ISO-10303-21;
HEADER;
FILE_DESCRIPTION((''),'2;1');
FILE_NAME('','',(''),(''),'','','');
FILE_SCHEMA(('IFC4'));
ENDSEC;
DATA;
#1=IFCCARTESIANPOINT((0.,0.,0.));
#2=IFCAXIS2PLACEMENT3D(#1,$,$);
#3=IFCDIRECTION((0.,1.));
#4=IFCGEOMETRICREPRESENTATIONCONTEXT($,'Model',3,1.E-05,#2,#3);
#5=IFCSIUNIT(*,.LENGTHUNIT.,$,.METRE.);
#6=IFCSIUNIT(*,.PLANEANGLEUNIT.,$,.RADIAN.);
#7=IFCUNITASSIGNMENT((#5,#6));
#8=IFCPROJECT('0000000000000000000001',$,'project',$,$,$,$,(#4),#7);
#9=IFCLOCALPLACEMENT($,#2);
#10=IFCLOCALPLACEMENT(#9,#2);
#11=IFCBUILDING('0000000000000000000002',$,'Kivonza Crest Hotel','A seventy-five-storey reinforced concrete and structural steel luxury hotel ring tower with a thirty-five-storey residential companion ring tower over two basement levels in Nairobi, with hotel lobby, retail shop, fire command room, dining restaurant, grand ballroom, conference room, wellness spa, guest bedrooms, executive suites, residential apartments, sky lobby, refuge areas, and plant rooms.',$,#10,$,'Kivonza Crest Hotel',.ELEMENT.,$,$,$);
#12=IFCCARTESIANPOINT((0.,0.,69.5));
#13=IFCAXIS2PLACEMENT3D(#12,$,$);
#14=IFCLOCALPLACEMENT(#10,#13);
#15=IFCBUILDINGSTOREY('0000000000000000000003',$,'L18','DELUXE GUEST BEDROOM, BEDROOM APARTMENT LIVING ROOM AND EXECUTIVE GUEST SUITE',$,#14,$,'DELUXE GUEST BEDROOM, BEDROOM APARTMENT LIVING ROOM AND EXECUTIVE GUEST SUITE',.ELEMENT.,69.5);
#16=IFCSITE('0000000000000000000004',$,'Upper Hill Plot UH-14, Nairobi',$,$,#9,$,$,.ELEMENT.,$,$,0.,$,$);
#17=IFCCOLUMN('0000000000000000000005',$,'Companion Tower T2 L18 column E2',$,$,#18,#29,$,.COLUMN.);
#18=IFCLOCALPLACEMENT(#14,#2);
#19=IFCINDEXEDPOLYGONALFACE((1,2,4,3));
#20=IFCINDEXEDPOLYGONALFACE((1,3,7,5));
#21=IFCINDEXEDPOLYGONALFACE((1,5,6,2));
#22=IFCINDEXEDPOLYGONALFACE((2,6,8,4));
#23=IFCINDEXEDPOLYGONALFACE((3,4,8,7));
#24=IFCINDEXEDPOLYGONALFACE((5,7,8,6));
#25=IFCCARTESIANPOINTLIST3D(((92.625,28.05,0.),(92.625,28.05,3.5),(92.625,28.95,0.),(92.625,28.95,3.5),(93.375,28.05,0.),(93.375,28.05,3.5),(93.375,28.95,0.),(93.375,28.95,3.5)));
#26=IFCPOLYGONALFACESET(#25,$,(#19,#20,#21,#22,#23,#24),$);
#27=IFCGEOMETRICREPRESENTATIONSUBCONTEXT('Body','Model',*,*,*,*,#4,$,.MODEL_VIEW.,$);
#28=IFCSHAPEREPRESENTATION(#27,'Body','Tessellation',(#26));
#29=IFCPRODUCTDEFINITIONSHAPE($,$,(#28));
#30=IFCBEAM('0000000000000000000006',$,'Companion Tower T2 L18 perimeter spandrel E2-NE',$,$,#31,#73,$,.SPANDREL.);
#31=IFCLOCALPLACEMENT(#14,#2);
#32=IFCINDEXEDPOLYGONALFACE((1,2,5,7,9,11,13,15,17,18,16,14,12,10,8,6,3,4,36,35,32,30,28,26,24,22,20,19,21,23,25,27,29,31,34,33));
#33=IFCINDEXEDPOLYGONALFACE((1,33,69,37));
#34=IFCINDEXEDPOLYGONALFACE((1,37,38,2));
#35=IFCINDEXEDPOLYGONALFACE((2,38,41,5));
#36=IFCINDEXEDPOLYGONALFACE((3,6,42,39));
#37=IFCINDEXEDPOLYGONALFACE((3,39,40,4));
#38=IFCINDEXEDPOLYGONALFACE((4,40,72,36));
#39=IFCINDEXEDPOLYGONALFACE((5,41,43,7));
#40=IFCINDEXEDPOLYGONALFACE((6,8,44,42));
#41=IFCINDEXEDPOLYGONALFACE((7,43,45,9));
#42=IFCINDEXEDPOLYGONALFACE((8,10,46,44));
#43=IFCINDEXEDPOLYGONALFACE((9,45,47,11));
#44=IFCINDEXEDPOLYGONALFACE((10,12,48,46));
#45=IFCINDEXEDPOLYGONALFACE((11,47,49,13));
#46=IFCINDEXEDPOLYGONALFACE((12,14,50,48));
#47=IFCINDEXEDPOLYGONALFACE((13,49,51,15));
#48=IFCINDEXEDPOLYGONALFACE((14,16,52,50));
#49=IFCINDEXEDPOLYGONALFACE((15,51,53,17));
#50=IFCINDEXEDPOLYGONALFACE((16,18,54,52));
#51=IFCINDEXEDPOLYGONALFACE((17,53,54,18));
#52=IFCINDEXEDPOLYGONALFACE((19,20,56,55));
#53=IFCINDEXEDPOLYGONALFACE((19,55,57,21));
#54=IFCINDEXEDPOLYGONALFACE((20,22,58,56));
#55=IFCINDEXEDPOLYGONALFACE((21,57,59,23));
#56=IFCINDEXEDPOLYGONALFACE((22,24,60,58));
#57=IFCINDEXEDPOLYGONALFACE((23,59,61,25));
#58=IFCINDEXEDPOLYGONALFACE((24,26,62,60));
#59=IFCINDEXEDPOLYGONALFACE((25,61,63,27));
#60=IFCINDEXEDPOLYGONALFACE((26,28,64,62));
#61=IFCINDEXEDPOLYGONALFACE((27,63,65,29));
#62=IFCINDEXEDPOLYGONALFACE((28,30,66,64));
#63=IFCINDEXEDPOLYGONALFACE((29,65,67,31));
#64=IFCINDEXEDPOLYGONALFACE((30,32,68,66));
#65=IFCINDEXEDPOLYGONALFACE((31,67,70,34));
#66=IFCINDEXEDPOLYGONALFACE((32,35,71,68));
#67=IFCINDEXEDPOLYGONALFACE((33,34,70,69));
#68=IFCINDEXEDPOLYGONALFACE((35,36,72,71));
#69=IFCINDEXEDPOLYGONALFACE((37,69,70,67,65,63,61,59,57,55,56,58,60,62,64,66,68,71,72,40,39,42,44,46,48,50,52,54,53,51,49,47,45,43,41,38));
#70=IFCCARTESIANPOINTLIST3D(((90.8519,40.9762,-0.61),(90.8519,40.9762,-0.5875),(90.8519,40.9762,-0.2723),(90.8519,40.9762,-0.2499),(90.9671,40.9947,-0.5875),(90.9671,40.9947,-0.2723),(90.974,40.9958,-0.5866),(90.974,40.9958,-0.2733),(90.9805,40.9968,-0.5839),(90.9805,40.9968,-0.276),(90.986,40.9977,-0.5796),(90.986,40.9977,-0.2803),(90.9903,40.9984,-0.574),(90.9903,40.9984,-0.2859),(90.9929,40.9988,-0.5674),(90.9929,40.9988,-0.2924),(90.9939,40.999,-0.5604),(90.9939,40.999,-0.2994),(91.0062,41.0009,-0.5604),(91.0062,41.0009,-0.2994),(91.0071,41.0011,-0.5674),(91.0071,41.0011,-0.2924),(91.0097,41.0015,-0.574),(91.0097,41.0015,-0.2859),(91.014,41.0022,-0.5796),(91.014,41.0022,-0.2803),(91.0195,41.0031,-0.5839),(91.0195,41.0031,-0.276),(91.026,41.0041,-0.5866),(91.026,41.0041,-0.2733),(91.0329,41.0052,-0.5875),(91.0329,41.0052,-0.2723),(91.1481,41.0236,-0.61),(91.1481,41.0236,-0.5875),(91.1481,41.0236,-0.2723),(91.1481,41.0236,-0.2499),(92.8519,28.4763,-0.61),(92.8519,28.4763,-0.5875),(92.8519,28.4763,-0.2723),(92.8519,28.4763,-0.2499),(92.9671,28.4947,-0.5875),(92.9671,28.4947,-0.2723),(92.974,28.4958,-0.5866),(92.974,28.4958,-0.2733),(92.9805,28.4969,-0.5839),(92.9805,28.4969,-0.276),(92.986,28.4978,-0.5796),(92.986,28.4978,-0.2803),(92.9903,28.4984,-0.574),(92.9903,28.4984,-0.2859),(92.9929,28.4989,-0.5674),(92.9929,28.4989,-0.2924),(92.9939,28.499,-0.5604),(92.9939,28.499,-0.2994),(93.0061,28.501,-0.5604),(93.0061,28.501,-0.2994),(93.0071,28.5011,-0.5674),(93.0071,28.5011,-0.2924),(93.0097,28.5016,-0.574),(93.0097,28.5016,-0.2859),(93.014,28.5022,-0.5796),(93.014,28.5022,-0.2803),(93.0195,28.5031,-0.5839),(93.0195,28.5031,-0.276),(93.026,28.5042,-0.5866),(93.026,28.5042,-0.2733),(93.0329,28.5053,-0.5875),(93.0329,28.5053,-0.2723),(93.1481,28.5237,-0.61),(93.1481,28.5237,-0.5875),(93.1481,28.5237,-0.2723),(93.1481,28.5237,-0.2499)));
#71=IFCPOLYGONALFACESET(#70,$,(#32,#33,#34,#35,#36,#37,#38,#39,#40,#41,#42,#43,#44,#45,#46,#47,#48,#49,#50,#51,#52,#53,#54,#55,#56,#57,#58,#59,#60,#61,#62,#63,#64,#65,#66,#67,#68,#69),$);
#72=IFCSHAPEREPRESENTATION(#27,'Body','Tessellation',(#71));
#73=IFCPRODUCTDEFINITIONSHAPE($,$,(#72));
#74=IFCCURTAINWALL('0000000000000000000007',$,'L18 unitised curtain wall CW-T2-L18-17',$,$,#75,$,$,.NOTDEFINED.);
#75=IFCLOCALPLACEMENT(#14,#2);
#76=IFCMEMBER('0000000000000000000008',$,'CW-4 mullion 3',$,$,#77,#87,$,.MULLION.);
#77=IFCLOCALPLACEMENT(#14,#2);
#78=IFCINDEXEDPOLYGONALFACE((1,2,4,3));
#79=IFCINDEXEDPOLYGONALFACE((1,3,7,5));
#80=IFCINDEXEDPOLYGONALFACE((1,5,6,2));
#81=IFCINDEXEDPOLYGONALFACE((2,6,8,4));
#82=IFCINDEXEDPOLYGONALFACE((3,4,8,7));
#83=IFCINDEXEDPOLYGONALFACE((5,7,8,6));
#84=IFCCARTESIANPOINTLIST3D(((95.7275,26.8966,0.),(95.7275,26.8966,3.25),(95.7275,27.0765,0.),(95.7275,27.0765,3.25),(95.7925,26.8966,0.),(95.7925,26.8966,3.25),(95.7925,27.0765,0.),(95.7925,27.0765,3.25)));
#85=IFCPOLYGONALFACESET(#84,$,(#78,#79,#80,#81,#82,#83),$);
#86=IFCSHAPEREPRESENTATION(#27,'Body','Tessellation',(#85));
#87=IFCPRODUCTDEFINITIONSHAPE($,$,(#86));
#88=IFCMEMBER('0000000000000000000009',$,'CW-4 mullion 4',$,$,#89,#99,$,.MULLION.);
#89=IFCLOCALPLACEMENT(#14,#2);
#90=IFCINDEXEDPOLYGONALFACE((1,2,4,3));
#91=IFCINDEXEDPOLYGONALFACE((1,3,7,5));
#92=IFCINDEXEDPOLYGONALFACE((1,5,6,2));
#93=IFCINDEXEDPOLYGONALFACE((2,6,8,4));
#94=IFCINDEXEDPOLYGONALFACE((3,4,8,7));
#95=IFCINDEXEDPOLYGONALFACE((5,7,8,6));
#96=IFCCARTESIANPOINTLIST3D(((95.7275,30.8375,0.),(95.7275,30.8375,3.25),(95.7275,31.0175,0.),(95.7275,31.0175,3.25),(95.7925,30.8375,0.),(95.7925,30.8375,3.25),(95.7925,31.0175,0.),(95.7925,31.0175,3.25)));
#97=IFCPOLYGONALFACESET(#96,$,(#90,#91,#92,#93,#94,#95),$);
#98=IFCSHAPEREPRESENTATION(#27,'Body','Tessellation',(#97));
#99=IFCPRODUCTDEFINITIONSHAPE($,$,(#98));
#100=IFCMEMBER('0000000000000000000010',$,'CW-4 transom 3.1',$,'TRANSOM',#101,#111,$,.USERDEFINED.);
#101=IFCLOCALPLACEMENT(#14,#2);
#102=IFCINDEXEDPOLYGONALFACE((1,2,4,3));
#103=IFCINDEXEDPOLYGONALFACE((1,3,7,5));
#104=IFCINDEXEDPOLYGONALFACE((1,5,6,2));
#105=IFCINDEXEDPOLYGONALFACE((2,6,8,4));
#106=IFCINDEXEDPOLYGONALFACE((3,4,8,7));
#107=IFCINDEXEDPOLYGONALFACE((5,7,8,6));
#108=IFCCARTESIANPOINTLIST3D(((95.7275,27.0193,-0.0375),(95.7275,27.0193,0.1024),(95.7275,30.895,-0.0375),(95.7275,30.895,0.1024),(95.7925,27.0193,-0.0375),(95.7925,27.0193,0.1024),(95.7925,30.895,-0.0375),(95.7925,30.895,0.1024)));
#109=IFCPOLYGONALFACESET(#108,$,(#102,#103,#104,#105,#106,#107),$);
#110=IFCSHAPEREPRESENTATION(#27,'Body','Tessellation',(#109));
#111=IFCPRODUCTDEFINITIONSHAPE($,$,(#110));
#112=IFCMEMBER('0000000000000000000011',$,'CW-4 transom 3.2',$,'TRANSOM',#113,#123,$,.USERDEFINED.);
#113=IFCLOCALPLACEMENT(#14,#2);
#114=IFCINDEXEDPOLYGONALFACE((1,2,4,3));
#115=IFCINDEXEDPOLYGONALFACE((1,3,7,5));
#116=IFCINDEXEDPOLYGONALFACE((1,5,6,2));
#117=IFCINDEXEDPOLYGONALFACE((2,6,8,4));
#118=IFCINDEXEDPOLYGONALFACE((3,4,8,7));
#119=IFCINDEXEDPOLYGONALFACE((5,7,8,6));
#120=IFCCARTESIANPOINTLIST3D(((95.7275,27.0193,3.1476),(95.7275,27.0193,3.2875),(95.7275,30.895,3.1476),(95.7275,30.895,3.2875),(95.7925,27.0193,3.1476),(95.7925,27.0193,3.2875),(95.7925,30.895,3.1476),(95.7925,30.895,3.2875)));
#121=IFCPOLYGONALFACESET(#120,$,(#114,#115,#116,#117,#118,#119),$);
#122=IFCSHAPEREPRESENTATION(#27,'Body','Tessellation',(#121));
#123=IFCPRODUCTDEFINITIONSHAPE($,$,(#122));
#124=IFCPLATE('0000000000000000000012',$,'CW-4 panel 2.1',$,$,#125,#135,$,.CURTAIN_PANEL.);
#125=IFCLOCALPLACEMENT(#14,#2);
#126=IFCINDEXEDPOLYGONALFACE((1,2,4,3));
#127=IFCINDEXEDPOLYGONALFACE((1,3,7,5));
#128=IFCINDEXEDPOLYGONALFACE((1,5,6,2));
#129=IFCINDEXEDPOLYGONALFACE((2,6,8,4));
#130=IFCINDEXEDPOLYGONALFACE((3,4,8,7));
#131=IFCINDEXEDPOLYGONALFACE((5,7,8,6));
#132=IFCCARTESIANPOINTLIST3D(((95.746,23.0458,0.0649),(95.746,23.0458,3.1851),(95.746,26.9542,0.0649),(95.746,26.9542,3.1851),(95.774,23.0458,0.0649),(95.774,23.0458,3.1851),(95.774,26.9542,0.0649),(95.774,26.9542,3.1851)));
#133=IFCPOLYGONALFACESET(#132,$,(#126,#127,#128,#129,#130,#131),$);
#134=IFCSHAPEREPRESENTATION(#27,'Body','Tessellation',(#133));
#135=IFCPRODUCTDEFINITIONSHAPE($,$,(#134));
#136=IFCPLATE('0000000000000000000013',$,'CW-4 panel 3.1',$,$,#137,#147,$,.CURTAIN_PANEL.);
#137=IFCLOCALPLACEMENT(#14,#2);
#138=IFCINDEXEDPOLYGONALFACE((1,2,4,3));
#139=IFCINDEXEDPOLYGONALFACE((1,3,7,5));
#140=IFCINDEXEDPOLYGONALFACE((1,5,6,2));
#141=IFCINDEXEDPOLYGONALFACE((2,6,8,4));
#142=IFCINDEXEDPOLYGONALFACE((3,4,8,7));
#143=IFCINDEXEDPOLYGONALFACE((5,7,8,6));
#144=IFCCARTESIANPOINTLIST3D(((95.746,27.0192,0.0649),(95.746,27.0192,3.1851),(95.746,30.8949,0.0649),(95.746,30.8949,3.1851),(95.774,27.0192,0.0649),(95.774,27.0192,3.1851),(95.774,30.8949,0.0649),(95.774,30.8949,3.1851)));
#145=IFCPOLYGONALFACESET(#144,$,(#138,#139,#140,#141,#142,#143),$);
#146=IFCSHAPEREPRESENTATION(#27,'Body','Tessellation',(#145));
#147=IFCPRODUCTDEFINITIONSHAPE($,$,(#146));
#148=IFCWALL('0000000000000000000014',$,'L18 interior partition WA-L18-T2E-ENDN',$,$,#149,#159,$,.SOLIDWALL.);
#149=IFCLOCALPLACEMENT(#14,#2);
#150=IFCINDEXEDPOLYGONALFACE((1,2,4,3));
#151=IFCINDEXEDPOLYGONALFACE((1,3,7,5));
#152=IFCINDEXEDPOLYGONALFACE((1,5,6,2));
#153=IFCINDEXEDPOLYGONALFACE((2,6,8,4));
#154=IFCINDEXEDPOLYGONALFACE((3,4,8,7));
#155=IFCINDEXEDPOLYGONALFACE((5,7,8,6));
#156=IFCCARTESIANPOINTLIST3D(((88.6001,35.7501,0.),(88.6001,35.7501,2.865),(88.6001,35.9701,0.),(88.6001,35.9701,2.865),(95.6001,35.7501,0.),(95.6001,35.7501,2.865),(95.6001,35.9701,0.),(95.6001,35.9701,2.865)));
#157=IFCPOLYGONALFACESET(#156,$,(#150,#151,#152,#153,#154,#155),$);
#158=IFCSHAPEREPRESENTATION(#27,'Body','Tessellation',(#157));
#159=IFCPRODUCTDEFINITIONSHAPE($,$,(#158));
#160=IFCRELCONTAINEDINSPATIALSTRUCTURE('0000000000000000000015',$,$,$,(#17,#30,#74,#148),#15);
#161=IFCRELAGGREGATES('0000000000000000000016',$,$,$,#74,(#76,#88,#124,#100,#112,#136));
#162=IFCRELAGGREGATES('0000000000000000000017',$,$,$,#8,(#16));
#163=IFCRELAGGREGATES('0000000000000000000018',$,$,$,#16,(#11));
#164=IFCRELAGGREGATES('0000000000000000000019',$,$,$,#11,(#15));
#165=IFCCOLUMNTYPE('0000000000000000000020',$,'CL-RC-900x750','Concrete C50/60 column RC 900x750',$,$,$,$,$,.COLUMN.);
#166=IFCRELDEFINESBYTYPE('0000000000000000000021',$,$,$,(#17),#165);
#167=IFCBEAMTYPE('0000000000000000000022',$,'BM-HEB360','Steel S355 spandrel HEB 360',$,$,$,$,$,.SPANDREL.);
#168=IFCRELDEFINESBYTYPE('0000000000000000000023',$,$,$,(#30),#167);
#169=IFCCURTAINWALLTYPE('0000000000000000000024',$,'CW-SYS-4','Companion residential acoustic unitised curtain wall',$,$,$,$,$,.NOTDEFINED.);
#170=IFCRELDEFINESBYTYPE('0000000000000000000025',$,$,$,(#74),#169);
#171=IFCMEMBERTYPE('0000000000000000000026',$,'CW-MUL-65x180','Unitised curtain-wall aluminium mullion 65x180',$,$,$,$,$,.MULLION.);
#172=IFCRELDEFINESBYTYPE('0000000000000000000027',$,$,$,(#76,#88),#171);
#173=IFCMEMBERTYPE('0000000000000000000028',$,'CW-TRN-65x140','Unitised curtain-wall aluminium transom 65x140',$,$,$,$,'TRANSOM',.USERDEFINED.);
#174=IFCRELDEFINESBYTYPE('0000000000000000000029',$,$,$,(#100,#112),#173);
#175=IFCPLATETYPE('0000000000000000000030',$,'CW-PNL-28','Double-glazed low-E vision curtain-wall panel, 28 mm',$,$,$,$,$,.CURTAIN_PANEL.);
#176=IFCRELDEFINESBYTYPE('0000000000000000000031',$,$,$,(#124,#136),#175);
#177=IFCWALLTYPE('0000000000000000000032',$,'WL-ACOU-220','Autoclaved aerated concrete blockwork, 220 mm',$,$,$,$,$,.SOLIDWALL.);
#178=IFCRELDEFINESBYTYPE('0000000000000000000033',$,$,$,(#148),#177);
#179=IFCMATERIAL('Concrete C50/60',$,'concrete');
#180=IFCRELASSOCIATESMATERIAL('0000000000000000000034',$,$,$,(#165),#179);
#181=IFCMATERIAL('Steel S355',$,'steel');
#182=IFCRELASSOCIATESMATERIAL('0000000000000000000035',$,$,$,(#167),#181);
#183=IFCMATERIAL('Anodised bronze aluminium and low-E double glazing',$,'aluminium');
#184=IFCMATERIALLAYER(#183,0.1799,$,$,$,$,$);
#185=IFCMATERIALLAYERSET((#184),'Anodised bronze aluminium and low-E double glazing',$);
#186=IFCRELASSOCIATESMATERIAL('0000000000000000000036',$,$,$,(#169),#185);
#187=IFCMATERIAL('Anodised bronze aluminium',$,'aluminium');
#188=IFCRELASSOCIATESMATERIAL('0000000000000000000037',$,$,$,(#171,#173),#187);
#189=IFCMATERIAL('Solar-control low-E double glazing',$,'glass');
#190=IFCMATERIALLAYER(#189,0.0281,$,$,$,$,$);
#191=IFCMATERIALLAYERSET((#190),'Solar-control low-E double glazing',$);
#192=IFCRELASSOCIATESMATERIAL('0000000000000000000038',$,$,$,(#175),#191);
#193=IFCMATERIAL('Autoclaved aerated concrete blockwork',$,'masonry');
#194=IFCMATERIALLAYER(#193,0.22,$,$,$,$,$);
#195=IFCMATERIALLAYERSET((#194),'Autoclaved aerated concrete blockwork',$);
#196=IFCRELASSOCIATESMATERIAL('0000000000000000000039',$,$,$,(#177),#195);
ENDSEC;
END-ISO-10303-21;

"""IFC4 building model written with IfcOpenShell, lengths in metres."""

from ifc_helpers import new_model, si_unit, direction, frame, frame_2d, origin, origin_2d, place, context, subcontext, project, spatial, rectangle, i_section, extrude, material, layer, layer_set, material_profile, profile_set, type_object, element, aggregate, save


model = new_model("IFC4")

# Units and contexts
model_context = context("Model", 3, precision=1e-05, world=origin(), true_north=direction((0.0, 1.0)))
body_context = subcontext(model_context, "Body", "Model", "MODEL_VIEW")
ifc_project = project(units=[si_unit("LENGTHUNIT", "METRE"), si_unit("PLANEANGLEUNIT", "RADIAN")], contexts=[model_context])

# Site, building, storey
site_placement = place(None, origin())
site = spatial("IfcSite", under=ifc_project, at=site_placement, Name="Upper Hill Plot UH-14, Nairobi", CompositionType="ELEMENT", RefElevation=0.0)
building_placement = place(site_placement, origin())
building = spatial("IfcBuilding", under=site, at=building_placement, Name="Kivonza Crest Hotel", Description="A seventy-five-storey reinforced concrete and structural steel luxury hotel ring tower with a thirty-five-storey residential companion ring tower over two basement levels in Nairobi, with hotel lobby, retail shop, fire command room, dining restaurant, grand ballroom, conference room, wellness spa, guest bedrooms, executive suites, residential apartments, sky lobby, refuge areas, and plant rooms.", LongName="Kivonza Crest Hotel", CompositionType="ELEMENT")
storey_placement = place(building_placement, frame((0.0, 0.0, 69.5)))
storey = spatial("IfcBuildingStorey", under=building, at=storey_placement, Name="L18", Description="DELUXE GUEST BEDROOM, BEDROOM APARTMENT LIVING ROOM AND EXECUTIVE GUEST SUITE", LongName="DELUXE GUEST BEDROOM, BEDROOM APARTMENT LIVING ROOM AND EXECUTIVE GUEST SUITE", CompositionType="ELEMENT", Elevation=69.5)

# Column
ifc_material_1 = material(Name="Concrete C50/60", Category="concrete")
ifc_material_profile_1 = material_profile(ifc_material_1, rectangle(XDim=0.75, YDim=0.8999, at=origin_2d()), Name="RC 900x750")
ifc_profile_set_1 = profile_set([ifc_material_profile_1], Name="Concrete C50/60")
column_type = type_object("IfcColumnType", Name="CL-RC-900x750", Description="Concrete C50/60 column RC 900x750", PredefinedType="COLUMN", material=ifc_profile_set_1)
column_placement = place(storey_placement, frame((93.0, 28.5, 0.0), z_axis=(0.0, 0.0, 1.0), x_axis=(1.0, 0.0, 0.0)))
element("IfcColumn", 1, at=column_placement, inside=storey, type_object=column_type, Name="Companion Tower T2 L18 column E2", PredefinedType="COLUMN", context=body_context, shape_type="SweptSolid", body=[
    extrude(rectangle(XDim=0.75, YDim=0.8999, at=origin_2d()), origin(), (0.0, 0.0, 1.0), 3.5),
])

# Beam
ifc_material_2 = material(Name="Steel S355", Category="steel")
ifc_material_profile_2 = material_profile(ifc_material_2, i_section(OverallWidth=0.3, OverallDepth=0.3601, WebThickness=0.0125, FlangeThickness=0.0225, FilletRadius=0.0271, at=origin_2d()), Name="HEB 360")
ifc_profile_set_2 = profile_set([ifc_material_profile_2], Name="Steel S355")
beam_type = type_object("IfcBeamType", Name="BM-HEB360", Description="Steel S355 spandrel HEB 360", PredefinedType="SPANDREL", material=ifc_profile_set_2)
beam_placement = place(storey_placement, frame((93.0, 28.5, -0.4299), z_axis=(-0.157991, 0.987441, 0.0), x_axis=(-0.987441, -0.157991, 0.0)))
element("IfcBeam", 2, at=beam_placement, inside=storey, type_object=beam_type, Name="Companion Tower T2 L18 perimeter spandrel E2-NE", PredefinedType="SPANDREL", context=body_context, shape_type="SweptSolid", body=[
    extrude(i_section(OverallWidth=0.3, OverallDepth=0.3601, WebThickness=0.0125, FlangeThickness=0.0225, FilletRadius=0.0271, at=origin_2d()), origin(), (0.0, 0.0, 1.0), 12.6589),
])

# Curtain wall, members, plates
ifc_material_3 = material(Name="Anodised bronze aluminium and low-E double glazing", Category="aluminium")
ifc_layer_1 = layer(ifc_material_3, 0.1799)
ifc_layer_set_1 = layer_set([ifc_layer_1], Name="Anodised bronze aluminium and low-E double glazing")
curtain_wall_type = type_object("IfcCurtainWallType", Name="CW-SYS-4", Description="Companion residential acoustic unitised curtain wall", PredefinedType="NOTDEFINED", material=ifc_layer_set_1)
curtain_wall_placement = place(storey_placement, origin())
curtain_wall = element("IfcCurtainWall", 3, at=curtain_wall_placement, inside=storey, type_object=curtain_wall_type, Name="L18 unitised curtain wall CW-T2-L18-17", PredefinedType="NOTDEFINED")
ifc_material_4 = material(Name="Anodised bronze aluminium", Category="aluminium")
ifc_material_profile_3 = material_profile(ifc_material_4, rectangle(XDim=0.0649, YDim=0.1799, at=origin_2d()), Name="CW-M 65x180")
ifc_profile_set_3 = profile_set([ifc_material_profile_3], Name="Anodised bronze aluminium")
member_type_1 = type_object("IfcMemberType", Name="CW-MUL-65x180", Description="Unitised curtain-wall aluminium mullion 65x180", PredefinedType="MULLION", material=ifc_profile_set_3)
member_1_placement = place(storey_placement, frame((95.76, 26.9866, 0.0), z_axis=(0.0, 0.0, 1.0), x_axis=(-1.0, 0.0, 0.0)))
member_1 = element("IfcMember", 4, at=member_1_placement, type_object=member_type_1, Name="CW-4 mullion 3", PredefinedType="MULLION", context=body_context, shape_type="SweptSolid", body=[
    extrude(rectangle(XDim=0.0649, YDim=0.1799, at=origin_2d()), origin(), (0.0, 0.0, 1.0), 3.25),
])
member_2_placement = place(storey_placement, frame((95.76, 30.9275, 0.0), z_axis=(0.0, 0.0, 1.0), x_axis=(-1.0, 0.0, 0.0)))
member_2 = element("IfcMember", 5, at=member_2_placement, type_object=member_type_1, Name="CW-4 mullion 4", PredefinedType="MULLION", context=body_context, shape_type="SweptSolid", body=[
    extrude(rectangle(XDim=0.0649, YDim=0.1799, at=origin_2d()), origin(), (0.0, 0.0, 1.0), 3.25),
])
ifc_material_profile_4 = material_profile(ifc_material_4, rectangle(XDim=0.0649, YDim=0.1399, at=origin_2d()), Name="CW-T 65x140")
ifc_profile_set_4 = profile_set([ifc_material_profile_4], Name="Anodised bronze aluminium")
member_type_2 = type_object("IfcMemberType", Name="CW-TRN-65x140", Description="Unitised curtain-wall aluminium transom 65x140", ElementType="TRANSOM", PredefinedType="USERDEFINED", material=ifc_profile_set_4)
member_3_placement = place(storey_placement, frame((95.76, 27.0193, 0.0325), z_axis=(0.0, 1.0, 0.0), x_axis=(-1.0, 0.0, 0.0)))
member_3 = element("IfcMember", 6, at=member_3_placement, type_object=member_type_2, Name="CW-4 transom 3.1", ObjectType="TRANSOM", PredefinedType="USERDEFINED", context=body_context, shape_type="SweptSolid", body=[
    extrude(rectangle(XDim=0.0649, YDim=0.1399, at=origin_2d()), origin(), (0.0, 0.0, 1.0), 3.8757),
])
member_4_placement = place(storey_placement, frame((95.76, 27.0193, 3.2175), z_axis=(0.0, 1.0, 0.0), x_axis=(-1.0, 0.0, 0.0)))
member_4 = element("IfcMember", 7, at=member_4_placement, type_object=member_type_2, Name="CW-4 transom 3.2", ObjectType="TRANSOM", PredefinedType="USERDEFINED", context=body_context, shape_type="SweptSolid", body=[
    extrude(rectangle(XDim=0.0649, YDim=0.1399, at=origin_2d()), origin(), (0.0, 0.0, 1.0), 3.8757),
])
ifc_material_5 = material(Name="Solar-control low-E double glazing", Category="glass")
ifc_layer_2 = layer(ifc_material_5, 0.0281)
ifc_layer_set_2 = layer_set([ifc_layer_2], Name="Solar-control low-E double glazing")
plate_type = type_object("IfcPlateType", Name="CW-PNL-28", Description="Double-glazed low-E vision curtain-wall panel, 28 mm", PredefinedType="CURTAIN_PANEL", material=ifc_layer_set_2)
plate_1_placement = place(storey_placement, frame((95.76, 25.0, 0.0649), z_axis=(0.0, 0.0, 1.0), x_axis=(0.0, 1.0, 0.0)))
plate_1 = element("IfcPlate", 8, at=plate_1_placement, type_object=plate_type, Name="CW-4 panel 2.1", PredefinedType="CURTAIN_PANEL", context=body_context, shape_type="SweptSolid", body=[
    extrude(rectangle(XDim=3.9084, YDim=0.0281, at=origin_2d()), origin(), (0.0, 0.0, 1.0), 3.1201),
])
plate_2_placement = place(storey_placement, frame((95.76, 28.957, 0.0649), z_axis=(0.0, 0.0, 1.0), x_axis=(0.0, 1.0, 0.0)))
plate_2 = element("IfcPlate", 9, at=plate_2_placement, type_object=plate_type, Name="CW-4 panel 3.1", PredefinedType="CURTAIN_PANEL", context=body_context, shape_type="SweptSolid", body=[
    extrude(rectangle(XDim=3.8757, YDim=0.0281, at=origin_2d()), origin(), (0.0, 0.0, 1.0), 3.1201),
])
aggregate(curtain_wall, [member_1, member_2, plate_1, member_3, member_4, plate_2])

# Wall
ifc_material_6 = material(Name="Autoclaved aerated concrete blockwork", Category="masonry")
ifc_layer_3 = layer(ifc_material_6, 0.22)
ifc_layer_set_3 = layer_set([ifc_layer_3], Name="Autoclaved aerated concrete blockwork")
wall_type_1 = type_object("IfcWallType", Name="WL-ACOU-220", Description="Autoclaved aerated concrete blockwork, 220 mm", PredefinedType="SOLIDWALL", material=ifc_layer_set_3)
wall_1_placement = place(storey_placement, frame((88.6001, 35.8601, 0.0), z_axis=(0.0, 0.0, 1.0), x_axis=(1.0, 0.0, 0.0)))
element("IfcWall", 10, at=wall_1_placement, inside=storey, type_object=wall_type_1, Name="L18 interior partition WA-L18-T2E-ENDN", PredefinedType="SOLIDWALL", context=body_context, shape_type="SweptSolid", body=[
    extrude(rectangle(XDim=7.0, YDim=0.22, at=frame_2d((3.5, 0.0))), origin(), (0.0, 0.0, 1.0), 2.865),
])

save(model, "model.ifc")
